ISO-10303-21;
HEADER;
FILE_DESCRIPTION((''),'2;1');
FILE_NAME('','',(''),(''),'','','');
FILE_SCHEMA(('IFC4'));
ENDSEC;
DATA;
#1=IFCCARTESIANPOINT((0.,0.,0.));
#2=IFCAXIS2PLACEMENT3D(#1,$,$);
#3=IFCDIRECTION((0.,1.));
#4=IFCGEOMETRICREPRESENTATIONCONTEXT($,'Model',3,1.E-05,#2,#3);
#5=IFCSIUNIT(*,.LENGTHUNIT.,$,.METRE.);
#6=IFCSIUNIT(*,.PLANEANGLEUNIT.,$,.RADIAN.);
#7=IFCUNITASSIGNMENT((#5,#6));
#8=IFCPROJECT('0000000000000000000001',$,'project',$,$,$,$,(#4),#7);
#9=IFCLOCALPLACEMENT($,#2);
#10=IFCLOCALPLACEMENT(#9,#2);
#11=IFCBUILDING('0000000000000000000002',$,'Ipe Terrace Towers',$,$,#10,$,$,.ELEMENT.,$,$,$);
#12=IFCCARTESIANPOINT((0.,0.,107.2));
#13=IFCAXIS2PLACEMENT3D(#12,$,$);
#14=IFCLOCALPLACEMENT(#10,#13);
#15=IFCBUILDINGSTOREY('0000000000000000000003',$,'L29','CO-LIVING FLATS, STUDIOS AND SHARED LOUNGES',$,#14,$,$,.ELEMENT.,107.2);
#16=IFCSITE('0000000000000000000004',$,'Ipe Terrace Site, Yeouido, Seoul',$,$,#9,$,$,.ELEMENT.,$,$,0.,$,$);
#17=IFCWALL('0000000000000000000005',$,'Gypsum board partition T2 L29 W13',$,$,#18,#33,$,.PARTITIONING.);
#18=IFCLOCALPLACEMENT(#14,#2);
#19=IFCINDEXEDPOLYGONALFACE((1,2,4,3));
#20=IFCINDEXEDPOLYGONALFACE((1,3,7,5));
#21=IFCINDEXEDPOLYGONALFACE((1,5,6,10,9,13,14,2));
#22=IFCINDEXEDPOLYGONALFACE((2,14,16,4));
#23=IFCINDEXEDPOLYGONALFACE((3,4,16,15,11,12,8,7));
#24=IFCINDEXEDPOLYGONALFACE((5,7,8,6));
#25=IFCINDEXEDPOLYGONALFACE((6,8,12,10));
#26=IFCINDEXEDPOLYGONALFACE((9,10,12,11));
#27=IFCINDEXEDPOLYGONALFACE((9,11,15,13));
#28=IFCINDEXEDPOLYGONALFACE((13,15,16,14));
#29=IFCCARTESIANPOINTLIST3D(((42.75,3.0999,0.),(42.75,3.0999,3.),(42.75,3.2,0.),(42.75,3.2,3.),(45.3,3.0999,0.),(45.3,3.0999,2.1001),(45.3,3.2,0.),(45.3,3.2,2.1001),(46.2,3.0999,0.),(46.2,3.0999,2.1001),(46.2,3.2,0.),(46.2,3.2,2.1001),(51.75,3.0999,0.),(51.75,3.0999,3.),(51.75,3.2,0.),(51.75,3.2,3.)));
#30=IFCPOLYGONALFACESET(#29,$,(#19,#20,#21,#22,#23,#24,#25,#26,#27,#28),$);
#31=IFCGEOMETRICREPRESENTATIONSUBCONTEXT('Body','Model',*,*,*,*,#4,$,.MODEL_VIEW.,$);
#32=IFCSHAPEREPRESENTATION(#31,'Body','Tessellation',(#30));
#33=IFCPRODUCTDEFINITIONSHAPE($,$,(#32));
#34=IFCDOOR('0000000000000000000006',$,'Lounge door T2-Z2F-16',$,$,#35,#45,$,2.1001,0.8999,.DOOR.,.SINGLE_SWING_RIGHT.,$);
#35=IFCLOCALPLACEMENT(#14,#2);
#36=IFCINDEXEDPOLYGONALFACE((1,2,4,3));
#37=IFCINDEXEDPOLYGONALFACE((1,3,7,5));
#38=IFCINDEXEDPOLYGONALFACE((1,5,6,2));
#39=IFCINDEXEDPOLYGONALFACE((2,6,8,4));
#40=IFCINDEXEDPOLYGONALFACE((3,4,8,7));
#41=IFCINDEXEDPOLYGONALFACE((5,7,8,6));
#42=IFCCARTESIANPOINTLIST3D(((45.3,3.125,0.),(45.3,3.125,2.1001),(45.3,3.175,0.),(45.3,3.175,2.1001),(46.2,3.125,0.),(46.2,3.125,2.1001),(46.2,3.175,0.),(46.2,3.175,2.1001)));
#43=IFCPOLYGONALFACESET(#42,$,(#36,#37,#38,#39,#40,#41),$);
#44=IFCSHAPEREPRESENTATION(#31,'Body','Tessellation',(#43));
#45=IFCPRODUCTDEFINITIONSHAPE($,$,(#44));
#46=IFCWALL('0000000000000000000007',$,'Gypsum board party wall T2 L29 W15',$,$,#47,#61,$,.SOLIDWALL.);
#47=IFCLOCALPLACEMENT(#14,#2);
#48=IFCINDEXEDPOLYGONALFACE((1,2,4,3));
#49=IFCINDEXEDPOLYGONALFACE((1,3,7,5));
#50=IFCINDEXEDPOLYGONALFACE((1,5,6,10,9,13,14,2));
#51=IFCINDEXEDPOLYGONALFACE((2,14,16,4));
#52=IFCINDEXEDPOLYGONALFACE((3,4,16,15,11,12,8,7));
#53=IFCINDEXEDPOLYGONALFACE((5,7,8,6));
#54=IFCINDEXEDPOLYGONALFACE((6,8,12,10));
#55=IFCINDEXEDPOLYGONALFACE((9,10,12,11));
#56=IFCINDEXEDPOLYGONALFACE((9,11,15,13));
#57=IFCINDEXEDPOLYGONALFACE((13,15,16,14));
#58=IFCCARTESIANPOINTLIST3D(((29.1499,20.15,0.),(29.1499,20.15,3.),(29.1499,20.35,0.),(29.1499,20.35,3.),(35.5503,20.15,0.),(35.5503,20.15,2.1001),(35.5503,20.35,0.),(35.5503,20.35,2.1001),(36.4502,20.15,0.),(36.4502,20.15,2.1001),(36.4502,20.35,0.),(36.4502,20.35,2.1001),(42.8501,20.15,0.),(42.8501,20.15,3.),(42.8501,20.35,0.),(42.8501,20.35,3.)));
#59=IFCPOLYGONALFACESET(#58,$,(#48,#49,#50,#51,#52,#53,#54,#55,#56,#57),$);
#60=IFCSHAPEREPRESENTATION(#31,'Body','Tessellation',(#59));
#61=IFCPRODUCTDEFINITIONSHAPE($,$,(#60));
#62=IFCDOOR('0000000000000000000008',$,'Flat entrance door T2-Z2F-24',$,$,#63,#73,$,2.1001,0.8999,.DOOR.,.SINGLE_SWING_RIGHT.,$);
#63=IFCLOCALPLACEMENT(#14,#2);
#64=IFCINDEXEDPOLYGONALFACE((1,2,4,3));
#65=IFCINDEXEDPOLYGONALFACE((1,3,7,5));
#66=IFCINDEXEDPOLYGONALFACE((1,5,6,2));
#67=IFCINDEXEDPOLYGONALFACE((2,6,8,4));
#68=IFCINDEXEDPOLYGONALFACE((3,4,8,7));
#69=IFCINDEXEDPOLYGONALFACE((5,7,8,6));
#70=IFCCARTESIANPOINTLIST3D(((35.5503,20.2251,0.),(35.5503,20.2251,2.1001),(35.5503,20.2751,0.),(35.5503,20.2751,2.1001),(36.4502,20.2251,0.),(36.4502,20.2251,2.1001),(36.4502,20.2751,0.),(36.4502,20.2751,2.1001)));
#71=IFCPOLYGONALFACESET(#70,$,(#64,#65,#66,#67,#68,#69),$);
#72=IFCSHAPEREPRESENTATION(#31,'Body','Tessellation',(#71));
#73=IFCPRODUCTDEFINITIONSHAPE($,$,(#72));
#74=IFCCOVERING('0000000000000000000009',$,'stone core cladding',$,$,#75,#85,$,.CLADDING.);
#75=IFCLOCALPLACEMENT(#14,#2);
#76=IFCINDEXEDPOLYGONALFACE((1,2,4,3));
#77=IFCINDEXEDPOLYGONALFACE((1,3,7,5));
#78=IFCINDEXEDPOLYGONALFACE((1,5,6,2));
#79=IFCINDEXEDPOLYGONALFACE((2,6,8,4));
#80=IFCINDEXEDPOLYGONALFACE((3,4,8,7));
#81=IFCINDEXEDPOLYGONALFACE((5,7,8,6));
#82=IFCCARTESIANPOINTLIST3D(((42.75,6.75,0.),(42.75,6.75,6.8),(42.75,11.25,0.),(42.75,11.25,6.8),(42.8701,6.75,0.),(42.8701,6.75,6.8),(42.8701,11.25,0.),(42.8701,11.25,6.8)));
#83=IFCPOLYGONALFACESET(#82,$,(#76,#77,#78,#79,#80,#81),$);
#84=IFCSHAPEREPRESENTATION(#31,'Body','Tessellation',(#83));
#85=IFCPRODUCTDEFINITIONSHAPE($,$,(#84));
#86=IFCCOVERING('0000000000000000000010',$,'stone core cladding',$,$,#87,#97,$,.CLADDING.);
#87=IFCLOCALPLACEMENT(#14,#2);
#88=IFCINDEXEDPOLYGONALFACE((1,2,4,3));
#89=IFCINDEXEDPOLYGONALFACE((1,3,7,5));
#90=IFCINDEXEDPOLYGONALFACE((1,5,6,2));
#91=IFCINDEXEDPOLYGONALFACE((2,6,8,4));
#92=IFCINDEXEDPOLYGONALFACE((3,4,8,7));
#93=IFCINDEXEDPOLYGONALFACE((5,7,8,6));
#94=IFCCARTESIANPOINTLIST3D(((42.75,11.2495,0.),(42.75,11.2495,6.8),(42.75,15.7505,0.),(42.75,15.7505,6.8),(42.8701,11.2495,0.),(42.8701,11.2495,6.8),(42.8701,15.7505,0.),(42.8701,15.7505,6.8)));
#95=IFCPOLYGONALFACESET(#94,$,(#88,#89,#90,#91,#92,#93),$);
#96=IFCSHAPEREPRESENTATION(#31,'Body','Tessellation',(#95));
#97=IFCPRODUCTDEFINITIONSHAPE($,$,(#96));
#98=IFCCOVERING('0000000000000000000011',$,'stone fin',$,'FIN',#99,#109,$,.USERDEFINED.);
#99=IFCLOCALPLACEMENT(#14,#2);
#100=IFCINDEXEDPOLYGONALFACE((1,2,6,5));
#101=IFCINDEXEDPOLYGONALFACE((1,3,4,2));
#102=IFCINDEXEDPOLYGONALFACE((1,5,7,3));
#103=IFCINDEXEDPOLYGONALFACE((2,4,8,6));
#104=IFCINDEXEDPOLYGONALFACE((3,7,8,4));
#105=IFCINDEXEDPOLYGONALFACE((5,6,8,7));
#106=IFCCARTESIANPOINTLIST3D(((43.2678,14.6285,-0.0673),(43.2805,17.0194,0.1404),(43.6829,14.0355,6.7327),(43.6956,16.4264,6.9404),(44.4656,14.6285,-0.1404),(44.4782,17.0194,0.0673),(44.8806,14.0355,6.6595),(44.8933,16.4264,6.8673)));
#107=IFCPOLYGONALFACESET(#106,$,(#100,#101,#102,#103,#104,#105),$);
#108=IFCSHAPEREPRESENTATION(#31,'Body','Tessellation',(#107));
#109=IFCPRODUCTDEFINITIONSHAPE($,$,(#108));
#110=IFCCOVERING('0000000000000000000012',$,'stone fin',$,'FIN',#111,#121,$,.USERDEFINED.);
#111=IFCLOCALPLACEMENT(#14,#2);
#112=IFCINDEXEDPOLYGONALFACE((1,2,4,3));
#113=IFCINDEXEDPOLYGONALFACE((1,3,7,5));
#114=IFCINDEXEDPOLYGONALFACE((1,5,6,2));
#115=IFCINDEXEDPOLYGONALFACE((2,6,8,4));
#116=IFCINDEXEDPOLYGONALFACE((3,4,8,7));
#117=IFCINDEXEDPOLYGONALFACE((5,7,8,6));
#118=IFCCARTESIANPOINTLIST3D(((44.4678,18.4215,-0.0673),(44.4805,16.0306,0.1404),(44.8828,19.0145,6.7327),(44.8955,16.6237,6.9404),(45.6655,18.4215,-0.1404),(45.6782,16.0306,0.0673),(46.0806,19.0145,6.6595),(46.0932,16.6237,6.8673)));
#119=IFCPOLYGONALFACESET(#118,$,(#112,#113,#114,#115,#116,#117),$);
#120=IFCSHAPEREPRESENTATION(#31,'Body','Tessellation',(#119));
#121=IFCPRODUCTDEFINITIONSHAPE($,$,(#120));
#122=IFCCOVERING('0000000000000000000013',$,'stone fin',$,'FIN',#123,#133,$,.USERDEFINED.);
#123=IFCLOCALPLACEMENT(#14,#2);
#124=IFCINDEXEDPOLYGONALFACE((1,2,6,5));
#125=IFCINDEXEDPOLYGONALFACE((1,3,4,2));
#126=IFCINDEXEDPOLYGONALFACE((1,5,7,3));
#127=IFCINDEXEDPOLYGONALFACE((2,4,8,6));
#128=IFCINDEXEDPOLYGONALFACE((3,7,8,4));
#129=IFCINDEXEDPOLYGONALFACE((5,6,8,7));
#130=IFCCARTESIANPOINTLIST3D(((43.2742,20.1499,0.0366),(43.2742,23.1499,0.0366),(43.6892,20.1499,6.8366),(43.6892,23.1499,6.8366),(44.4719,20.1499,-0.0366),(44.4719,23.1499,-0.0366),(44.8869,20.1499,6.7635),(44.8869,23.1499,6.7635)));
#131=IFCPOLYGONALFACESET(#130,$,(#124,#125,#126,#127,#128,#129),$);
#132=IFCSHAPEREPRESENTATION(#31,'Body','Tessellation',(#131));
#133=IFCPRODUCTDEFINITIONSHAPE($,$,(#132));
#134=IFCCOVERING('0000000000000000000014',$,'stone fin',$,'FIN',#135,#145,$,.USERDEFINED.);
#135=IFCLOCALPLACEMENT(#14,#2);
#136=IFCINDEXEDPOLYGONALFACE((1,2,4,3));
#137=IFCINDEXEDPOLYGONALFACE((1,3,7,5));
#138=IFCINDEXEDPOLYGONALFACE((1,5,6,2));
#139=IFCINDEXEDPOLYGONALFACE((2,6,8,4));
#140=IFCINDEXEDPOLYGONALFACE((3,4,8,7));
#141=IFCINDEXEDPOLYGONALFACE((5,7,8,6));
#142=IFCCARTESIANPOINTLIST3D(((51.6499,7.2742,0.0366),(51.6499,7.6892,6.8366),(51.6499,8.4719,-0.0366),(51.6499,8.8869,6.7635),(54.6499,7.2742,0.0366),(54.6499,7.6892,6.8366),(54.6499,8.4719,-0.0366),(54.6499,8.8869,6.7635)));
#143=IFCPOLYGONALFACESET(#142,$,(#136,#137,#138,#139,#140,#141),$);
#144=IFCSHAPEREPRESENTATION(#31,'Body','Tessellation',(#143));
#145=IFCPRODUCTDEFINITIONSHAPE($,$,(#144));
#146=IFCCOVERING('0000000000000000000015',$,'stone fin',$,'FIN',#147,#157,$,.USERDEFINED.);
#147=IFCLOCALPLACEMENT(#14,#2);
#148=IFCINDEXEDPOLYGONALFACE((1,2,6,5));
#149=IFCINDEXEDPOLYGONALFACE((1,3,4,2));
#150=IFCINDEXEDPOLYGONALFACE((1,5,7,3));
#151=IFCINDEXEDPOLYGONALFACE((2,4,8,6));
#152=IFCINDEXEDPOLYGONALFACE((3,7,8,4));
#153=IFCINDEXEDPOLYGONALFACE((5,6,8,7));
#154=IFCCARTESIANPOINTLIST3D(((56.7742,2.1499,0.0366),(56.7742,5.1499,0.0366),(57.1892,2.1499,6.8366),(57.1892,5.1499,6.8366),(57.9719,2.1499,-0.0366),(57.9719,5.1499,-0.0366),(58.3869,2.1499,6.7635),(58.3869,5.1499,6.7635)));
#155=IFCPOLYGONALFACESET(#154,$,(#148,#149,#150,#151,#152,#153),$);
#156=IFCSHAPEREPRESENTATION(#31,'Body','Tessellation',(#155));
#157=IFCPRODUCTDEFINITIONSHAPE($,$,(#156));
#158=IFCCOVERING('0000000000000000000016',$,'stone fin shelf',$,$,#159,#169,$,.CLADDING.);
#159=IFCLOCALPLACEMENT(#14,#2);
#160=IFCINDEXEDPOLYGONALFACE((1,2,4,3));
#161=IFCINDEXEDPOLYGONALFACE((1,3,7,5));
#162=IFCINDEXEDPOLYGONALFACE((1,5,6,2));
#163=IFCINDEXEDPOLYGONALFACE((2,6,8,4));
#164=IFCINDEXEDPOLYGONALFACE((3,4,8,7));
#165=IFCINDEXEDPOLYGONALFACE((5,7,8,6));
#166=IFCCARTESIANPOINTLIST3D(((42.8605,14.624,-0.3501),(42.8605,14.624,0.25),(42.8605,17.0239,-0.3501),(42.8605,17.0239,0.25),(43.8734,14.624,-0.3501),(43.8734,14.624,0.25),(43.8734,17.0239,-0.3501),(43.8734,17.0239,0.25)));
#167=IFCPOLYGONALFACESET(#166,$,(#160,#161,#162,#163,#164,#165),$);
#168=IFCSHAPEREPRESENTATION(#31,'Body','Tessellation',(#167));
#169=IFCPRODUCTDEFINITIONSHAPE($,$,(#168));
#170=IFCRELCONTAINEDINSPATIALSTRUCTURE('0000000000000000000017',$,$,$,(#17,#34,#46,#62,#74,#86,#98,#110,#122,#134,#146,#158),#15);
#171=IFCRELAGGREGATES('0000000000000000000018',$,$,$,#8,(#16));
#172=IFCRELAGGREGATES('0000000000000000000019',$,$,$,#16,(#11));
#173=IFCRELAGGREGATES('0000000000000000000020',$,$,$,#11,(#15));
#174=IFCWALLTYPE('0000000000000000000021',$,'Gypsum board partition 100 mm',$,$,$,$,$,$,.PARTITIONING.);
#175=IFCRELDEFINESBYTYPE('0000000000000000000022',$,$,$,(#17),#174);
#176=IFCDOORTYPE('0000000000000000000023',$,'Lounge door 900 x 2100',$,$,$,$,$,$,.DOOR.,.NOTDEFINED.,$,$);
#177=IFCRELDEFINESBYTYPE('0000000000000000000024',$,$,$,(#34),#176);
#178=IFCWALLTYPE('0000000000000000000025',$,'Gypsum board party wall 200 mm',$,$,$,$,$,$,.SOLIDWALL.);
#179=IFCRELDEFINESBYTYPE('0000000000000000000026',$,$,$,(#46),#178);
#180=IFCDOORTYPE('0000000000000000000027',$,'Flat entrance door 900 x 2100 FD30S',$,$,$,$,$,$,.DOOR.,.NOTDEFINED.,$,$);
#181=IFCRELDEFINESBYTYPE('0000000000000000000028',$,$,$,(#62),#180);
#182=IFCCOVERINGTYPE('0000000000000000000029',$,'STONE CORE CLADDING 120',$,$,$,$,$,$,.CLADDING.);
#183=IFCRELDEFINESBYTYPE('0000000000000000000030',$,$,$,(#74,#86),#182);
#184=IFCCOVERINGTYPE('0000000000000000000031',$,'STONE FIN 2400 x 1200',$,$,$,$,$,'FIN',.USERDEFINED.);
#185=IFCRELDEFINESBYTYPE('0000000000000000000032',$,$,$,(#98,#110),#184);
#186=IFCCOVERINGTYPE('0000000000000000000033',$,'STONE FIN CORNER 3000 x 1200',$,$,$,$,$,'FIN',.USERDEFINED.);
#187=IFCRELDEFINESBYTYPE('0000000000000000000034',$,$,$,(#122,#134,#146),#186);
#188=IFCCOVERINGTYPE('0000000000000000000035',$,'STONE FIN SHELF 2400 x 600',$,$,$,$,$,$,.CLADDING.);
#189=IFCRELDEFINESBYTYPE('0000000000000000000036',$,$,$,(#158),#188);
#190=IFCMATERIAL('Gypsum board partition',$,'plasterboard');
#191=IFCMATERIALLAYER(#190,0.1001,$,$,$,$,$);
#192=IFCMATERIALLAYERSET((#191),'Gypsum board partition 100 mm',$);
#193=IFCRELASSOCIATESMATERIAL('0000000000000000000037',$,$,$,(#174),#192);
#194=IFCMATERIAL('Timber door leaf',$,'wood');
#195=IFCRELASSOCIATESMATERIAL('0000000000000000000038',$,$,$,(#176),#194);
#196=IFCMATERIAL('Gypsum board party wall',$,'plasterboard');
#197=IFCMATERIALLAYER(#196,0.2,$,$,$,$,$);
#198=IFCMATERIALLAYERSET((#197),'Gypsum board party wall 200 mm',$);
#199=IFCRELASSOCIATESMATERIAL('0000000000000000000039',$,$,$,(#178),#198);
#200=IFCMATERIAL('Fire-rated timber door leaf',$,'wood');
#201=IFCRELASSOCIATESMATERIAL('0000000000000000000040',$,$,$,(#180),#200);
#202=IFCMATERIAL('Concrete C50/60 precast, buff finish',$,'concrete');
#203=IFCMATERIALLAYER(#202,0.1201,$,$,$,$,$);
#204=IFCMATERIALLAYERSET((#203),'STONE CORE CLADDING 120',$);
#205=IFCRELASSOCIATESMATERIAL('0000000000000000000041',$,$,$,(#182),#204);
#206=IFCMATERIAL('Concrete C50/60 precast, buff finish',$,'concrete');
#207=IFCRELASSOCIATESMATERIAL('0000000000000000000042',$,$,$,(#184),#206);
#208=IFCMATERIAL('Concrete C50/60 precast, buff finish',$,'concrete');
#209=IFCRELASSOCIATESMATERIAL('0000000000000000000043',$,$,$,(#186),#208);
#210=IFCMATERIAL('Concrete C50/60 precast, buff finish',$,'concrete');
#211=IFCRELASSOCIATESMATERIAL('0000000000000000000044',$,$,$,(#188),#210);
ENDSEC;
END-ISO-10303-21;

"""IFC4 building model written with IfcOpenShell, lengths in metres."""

from ifc_helpers import new_model, si_unit, direction, frame, frame_2d, origin, origin_2d, place, context, subcontext, project, spatial, rectangle, extrude, material, layer, layer_set, material_profile, profile_set, type_object, element, fill, save


model = new_model("IFC4")

# Units and contexts
model_context = context("Model", 3, precision=1e-05, world=origin(), true_north=direction((0.0, 1.0)))
body_context = subcontext(model_context, "Body", "Model", "MODEL_VIEW")
ifc_project = project(units=[si_unit("LENGTHUNIT", "METRE"), si_unit("PLANEANGLEUNIT", "RADIAN")], contexts=[model_context])

# Site, building, storey
site_placement = place(None, origin())
site = spatial("IfcSite", under=ifc_project, at=site_placement, Name="Ipe Terrace Site, Yeouido, Seoul", CompositionType="ELEMENT", RefElevation=0.0)
building_placement = place(site_placement, origin())
building = spatial("IfcBuilding", under=site, at=building_placement, Name="Ipe Terrace Towers", CompositionType="ELEMENT")
storey_placement = place(building_placement, frame((0.0, 0.0, 107.2)))
storey = spatial("IfcBuildingStorey", under=building, at=storey_placement, Name="L29", Description="CO-LIVING FLATS, STUDIOS AND SHARED LOUNGES", CompositionType="ELEMENT", Elevation=107.2)

# Walls, openings, doors
ifc_material_1 = material(Name="Gypsum board partition", Category="plasterboard")
ifc_layer_1 = layer(ifc_material_1, 0.1001)
ifc_layer_set_1 = layer_set([ifc_layer_1], Name="Gypsum board partition 100 mm")
wall_type_1 = type_object("IfcWallType", Name="Gypsum board partition 100 mm", PredefinedType="PARTITIONING", material=ifc_layer_set_1)
wall_1_placement = place(storey_placement, frame((51.75, 3.1499, 0.0), z_axis=(0.0, 0.0, 1.0), x_axis=(-1.0, 0.0, 0.0)))
wall_1 = element("IfcWall", 1, at=wall_1_placement, inside=storey, type_object=wall_type_1, Name="Gypsum board partition T2 L29 W13", PredefinedType="PARTITIONING", context=body_context, shape_type="SweptSolid", body=[
    extrude(rectangle(XDim=9.0, YDim=0.1001, at=frame_2d((4.5, 0.0))), origin(), (0.0, 0.0, 1.0), 3.0),
])
opening_1_placement = place(wall_1_placement, frame((5.55, 0.0, 0.0)))
opening_1 = element("IfcOpeningElement", 2, at=opening_1_placement, cuts=wall_1, PredefinedType="OPENING", context=body_context, shape_type="SweptSolid", body=[
    extrude(rectangle(XDim=0.8999, YDim=2.1001, at=frame_2d((0.45, 1.05))), frame((0.0, 0.0601, 0.0), z_axis=(0.0, -1.0, 0.0), x_axis=(1.0, 0.0, 0.0)), (0.0, 0.0, 1.0), 0.1201),
])
ifc_material_2 = material(Name="Timber door leaf", Category="wood")
door_type_1 = type_object("IfcDoorType", Name="Lounge door 900 x 2100", OperationType="NOTDEFINED", PredefinedType="DOOR", material=ifc_material_2)
door_1_placement = place(opening_1_placement, origin())
door_1 = element("IfcDoor", 3, at=door_1_placement, inside=storey, type_object=door_type_1, Name="Lounge door T2-Z2F-16", OperationType="SINGLE_SWING_RIGHT", OverallHeight=2.1001, OverallWidth=0.8999, PredefinedType="DOOR", context=body_context, shape_type="SweptSolid", body=[
    extrude(rectangle(XDim=0.8999, YDim=2.1001, at=frame_2d((0.45, 1.05))), frame((0.0, 0.0249, 0.0), z_axis=(0.0, -1.0, 0.0), x_axis=(1.0, 0.0, 0.0)), (0.0, 0.0, 1.0), 0.05),
])
fill(opening_1, door_1)
ifc_material_3 = material(Name="Gypsum board party wall", Category="plasterboard")
ifc_layer_2 = layer(ifc_material_3, 0.2)
ifc_layer_set_2 = layer_set([ifc_layer_2], Name="Gypsum board party wall 200 mm")
wall_type_2 = type_object("IfcWallType", Name="Gypsum board party wall 200 mm", PredefinedType="SOLIDWALL", material=ifc_layer_set_2)
wall_2_placement = place(storey_placement, frame((42.8501, 20.25, 0.0), z_axis=(0.0, 0.0, 1.0), x_axis=(-1.0, 0.0, 0.0)))
wall_2 = element("IfcWall", 4, at=wall_2_placement, inside=storey, type_object=wall_type_2, Name="Gypsum board party wall T2 L29 W15", PredefinedType="SOLIDWALL", context=body_context, shape_type="SweptSolid", body=[
    extrude(rectangle(XDim=13.7002, YDim=0.2, at=frame_2d((6.8501, 0.0))), origin(), (0.0, 0.0, 1.0), 3.0),
])
opening_2_placement = place(wall_2_placement, frame((6.3999, 0.0, 0.0)))
opening_2 = element("IfcOpeningElement", 5, at=opening_2_placement, cuts=wall_2, PredefinedType="OPENING", context=body_context, shape_type="SweptSolid", body=[
    extrude(rectangle(XDim=0.8999, YDim=2.1001, at=frame_2d((0.45, 1.05))), frame((0.0, 0.1099, 0.0), z_axis=(0.0, -1.0, 0.0), x_axis=(1.0, 0.0, 0.0)), (0.0, 0.0, 1.0), 0.22),
])
ifc_material_4 = material(Name="Fire-rated timber door leaf", Category="wood")
door_type_2 = type_object("IfcDoorType", Name="Flat entrance door 900 x 2100 FD30S", OperationType="NOTDEFINED", PredefinedType="DOOR", material=ifc_material_4)
door_2_placement = place(opening_2_placement, origin())
door_2 = element("IfcDoor", 6, at=door_2_placement, inside=storey, type_object=door_type_2, Name="Flat entrance door T2-Z2F-24", OperationType="SINGLE_SWING_RIGHT", OverallHeight=2.1001, OverallWidth=0.8999, PredefinedType="DOOR", context=body_context, shape_type="SweptSolid", body=[
    extrude(rectangle(XDim=0.8999, YDim=2.1001, at=frame_2d((0.45, 1.05))), frame((0.0, 0.0249, 0.0), z_axis=(0.0, -1.0, 0.0), x_axis=(1.0, 0.0, 0.0)), (0.0, 0.0, 1.0), 0.05),
])
fill(opening_2, door_2)

# Coverings
ifc_material_5 = material(Name="Concrete C50/60 precast, buff finish", Category="concrete")
ifc_layer_3 = layer(ifc_material_5, 0.1201)
ifc_layer_set_3 = layer_set([ifc_layer_3], Name="STONE CORE CLADDING 120")
covering_type_1 = type_object("IfcCoveringType", Name="STONE CORE CLADDING 120", PredefinedType="CLADDING", material=ifc_layer_set_3)
covering_1_placement = place(storey_placement, frame((42.8101, 9.0, 0.0), z_axis=(0.0, 0.0, 1.0), x_axis=(0.0, 1.0, 0.0)))
element("IfcCovering", 7, at=covering_1_placement, inside=storey, type_object=covering_type_1, Name="stone core cladding", PredefinedType="CLADDING", context=body_context, shape_type="SweptSolid", body=[
    extrude(rectangle(XDim=4.5, YDim=0.1201, at=origin_2d()), origin(), (0.0, 0.0, 1.0), 6.8),
])
covering_2_placement = place(storey_placement, frame((42.8101, 13.5, 0.0), z_axis=(0.0, 0.0, 1.0), x_axis=(0.0, 1.0, 0.0)))
element("IfcCovering", 8, at=covering_2_placement, inside=storey, type_object=covering_type_1, Name="stone core cladding", PredefinedType="CLADDING", context=body_context, shape_type="SweptSolid", body=[
    extrude(rectangle(XDim=4.501, YDim=0.1201, at=origin_2d()), origin(), (0.0, 0.0, 1.0), 6.8),
])
ifc_material_6 = material(Name="Concrete C50/60 precast, buff finish", Category="concrete")
ifc_material_profile_1 = material_profile(ifc_material_6, rectangle(XDim=2.3999, YDim=1.2, at=origin_2d()), Name="STONE FIN 2400 x 1200")
ifc_profile_set_1 = profile_set([ifc_material_profile_1], Name="Concrete C50/60 precast, buff finish")
covering_type_2 = type_object("IfcCoveringType", Name="STONE FIN 2400 x 1200", ElementType="FIN", PredefinedType="USERDEFINED", material=ifc_profile_set_1)
for number, where, z_axis, x_axis, name in (
    (9, (43.873, 15.824, 0.0), (0.060692, -0.086718, 0.994382), (0.005283, 0.996233, 0.086557), "stone fin"),
    (10, (45.073, 17.2261, 0.0), (0.060692, 0.086718, 0.994382), (-0.005283, 0.996233, -0.086557), "stone fin"),
):
    element("IfcCovering", number, at=place(storey_placement, frame(where, z_axis=z_axis, x_axis=x_axis)), inside=storey, type_object=covering_type_2, Name=name, ObjectType="FIN", PredefinedType="USERDEFINED", context=body_context, shape_type="SweptSolid", body=[
        extrude(rectangle(XDim=2.3999, YDim=1.2, at=origin_2d()), origin(), (0.0, 0.0, 1.0), 6.8384),
    ])
ifc_material_7 = material(Name="Concrete C50/60 precast, buff finish", Category="concrete")
ifc_material_profile_2 = material_profile(ifc_material_7, rectangle(XDim=3.0, YDim=1.2, at=origin_2d()), Name="STONE FIN CORNER 3000 x 1200")
ifc_profile_set_2 = profile_set([ifc_material_profile_2], Name="Concrete C50/60 precast, buff finish")
covering_type_3 = type_object("IfcCoveringType", Name="STONE FIN CORNER 3000 x 1200", ElementType="FIN", PredefinedType="USERDEFINED", material=ifc_profile_set_2)
for number, where, z_axis, x_axis, name in (
    (11, (43.873, 21.6499, 0.0), (0.060921, 0.0, 0.998143), (0.0, 1.0, 0.0), "stone fin"),
    (12, (53.1499, 7.873, 0.0), (0.0, 0.060921, 0.998143), (-1.0, 0.0, 0.0), "stone fin"),
    (13, (57.373, 3.6499, 0.0), (0.060921, 0.0, 0.998143), (0.0, 1.0, 0.0), "stone fin"),
):
    element("IfcCovering", number, at=place(storey_placement, frame(where, z_axis=z_axis, x_axis=x_axis)), inside=storey, type_object=covering_type_3, Name=name, ObjectType="FIN", PredefinedType="USERDEFINED", context=body_context, shape_type="SweptSolid", body=[
        extrude(rectangle(XDim=3.0, YDim=1.2, at=origin_2d()), origin(), (0.0, 0.0, 1.0), 6.8127),
    ])
ifc_material_8 = material(Name="Concrete C50/60 precast, buff finish", Category="concrete")
covering_type_4 = type_object("IfcCoveringType", Name="STONE FIN SHELF 2400 x 600", PredefinedType="CLADDING", material=ifc_material_8)
covering_3_placement = place(storey_placement, frame((43.3669, 15.824, -0.3501), z_axis=(0.0, 0.0, 1.0), x_axis=(0.0, 1.0, 0.0)))
element("IfcCovering", 14, at=covering_3_placement, inside=storey, type_object=covering_type_4, Name="stone fin shelf", PredefinedType="CLADDING", context=body_context, shape_type="SweptSolid", body=[
    extrude(rectangle(XDim=2.3999, YDim=1.0129, at=origin_2d()), origin(), (0.0, 0.0, 1.0), 0.6001),
])

save(model, "model.ifc")
